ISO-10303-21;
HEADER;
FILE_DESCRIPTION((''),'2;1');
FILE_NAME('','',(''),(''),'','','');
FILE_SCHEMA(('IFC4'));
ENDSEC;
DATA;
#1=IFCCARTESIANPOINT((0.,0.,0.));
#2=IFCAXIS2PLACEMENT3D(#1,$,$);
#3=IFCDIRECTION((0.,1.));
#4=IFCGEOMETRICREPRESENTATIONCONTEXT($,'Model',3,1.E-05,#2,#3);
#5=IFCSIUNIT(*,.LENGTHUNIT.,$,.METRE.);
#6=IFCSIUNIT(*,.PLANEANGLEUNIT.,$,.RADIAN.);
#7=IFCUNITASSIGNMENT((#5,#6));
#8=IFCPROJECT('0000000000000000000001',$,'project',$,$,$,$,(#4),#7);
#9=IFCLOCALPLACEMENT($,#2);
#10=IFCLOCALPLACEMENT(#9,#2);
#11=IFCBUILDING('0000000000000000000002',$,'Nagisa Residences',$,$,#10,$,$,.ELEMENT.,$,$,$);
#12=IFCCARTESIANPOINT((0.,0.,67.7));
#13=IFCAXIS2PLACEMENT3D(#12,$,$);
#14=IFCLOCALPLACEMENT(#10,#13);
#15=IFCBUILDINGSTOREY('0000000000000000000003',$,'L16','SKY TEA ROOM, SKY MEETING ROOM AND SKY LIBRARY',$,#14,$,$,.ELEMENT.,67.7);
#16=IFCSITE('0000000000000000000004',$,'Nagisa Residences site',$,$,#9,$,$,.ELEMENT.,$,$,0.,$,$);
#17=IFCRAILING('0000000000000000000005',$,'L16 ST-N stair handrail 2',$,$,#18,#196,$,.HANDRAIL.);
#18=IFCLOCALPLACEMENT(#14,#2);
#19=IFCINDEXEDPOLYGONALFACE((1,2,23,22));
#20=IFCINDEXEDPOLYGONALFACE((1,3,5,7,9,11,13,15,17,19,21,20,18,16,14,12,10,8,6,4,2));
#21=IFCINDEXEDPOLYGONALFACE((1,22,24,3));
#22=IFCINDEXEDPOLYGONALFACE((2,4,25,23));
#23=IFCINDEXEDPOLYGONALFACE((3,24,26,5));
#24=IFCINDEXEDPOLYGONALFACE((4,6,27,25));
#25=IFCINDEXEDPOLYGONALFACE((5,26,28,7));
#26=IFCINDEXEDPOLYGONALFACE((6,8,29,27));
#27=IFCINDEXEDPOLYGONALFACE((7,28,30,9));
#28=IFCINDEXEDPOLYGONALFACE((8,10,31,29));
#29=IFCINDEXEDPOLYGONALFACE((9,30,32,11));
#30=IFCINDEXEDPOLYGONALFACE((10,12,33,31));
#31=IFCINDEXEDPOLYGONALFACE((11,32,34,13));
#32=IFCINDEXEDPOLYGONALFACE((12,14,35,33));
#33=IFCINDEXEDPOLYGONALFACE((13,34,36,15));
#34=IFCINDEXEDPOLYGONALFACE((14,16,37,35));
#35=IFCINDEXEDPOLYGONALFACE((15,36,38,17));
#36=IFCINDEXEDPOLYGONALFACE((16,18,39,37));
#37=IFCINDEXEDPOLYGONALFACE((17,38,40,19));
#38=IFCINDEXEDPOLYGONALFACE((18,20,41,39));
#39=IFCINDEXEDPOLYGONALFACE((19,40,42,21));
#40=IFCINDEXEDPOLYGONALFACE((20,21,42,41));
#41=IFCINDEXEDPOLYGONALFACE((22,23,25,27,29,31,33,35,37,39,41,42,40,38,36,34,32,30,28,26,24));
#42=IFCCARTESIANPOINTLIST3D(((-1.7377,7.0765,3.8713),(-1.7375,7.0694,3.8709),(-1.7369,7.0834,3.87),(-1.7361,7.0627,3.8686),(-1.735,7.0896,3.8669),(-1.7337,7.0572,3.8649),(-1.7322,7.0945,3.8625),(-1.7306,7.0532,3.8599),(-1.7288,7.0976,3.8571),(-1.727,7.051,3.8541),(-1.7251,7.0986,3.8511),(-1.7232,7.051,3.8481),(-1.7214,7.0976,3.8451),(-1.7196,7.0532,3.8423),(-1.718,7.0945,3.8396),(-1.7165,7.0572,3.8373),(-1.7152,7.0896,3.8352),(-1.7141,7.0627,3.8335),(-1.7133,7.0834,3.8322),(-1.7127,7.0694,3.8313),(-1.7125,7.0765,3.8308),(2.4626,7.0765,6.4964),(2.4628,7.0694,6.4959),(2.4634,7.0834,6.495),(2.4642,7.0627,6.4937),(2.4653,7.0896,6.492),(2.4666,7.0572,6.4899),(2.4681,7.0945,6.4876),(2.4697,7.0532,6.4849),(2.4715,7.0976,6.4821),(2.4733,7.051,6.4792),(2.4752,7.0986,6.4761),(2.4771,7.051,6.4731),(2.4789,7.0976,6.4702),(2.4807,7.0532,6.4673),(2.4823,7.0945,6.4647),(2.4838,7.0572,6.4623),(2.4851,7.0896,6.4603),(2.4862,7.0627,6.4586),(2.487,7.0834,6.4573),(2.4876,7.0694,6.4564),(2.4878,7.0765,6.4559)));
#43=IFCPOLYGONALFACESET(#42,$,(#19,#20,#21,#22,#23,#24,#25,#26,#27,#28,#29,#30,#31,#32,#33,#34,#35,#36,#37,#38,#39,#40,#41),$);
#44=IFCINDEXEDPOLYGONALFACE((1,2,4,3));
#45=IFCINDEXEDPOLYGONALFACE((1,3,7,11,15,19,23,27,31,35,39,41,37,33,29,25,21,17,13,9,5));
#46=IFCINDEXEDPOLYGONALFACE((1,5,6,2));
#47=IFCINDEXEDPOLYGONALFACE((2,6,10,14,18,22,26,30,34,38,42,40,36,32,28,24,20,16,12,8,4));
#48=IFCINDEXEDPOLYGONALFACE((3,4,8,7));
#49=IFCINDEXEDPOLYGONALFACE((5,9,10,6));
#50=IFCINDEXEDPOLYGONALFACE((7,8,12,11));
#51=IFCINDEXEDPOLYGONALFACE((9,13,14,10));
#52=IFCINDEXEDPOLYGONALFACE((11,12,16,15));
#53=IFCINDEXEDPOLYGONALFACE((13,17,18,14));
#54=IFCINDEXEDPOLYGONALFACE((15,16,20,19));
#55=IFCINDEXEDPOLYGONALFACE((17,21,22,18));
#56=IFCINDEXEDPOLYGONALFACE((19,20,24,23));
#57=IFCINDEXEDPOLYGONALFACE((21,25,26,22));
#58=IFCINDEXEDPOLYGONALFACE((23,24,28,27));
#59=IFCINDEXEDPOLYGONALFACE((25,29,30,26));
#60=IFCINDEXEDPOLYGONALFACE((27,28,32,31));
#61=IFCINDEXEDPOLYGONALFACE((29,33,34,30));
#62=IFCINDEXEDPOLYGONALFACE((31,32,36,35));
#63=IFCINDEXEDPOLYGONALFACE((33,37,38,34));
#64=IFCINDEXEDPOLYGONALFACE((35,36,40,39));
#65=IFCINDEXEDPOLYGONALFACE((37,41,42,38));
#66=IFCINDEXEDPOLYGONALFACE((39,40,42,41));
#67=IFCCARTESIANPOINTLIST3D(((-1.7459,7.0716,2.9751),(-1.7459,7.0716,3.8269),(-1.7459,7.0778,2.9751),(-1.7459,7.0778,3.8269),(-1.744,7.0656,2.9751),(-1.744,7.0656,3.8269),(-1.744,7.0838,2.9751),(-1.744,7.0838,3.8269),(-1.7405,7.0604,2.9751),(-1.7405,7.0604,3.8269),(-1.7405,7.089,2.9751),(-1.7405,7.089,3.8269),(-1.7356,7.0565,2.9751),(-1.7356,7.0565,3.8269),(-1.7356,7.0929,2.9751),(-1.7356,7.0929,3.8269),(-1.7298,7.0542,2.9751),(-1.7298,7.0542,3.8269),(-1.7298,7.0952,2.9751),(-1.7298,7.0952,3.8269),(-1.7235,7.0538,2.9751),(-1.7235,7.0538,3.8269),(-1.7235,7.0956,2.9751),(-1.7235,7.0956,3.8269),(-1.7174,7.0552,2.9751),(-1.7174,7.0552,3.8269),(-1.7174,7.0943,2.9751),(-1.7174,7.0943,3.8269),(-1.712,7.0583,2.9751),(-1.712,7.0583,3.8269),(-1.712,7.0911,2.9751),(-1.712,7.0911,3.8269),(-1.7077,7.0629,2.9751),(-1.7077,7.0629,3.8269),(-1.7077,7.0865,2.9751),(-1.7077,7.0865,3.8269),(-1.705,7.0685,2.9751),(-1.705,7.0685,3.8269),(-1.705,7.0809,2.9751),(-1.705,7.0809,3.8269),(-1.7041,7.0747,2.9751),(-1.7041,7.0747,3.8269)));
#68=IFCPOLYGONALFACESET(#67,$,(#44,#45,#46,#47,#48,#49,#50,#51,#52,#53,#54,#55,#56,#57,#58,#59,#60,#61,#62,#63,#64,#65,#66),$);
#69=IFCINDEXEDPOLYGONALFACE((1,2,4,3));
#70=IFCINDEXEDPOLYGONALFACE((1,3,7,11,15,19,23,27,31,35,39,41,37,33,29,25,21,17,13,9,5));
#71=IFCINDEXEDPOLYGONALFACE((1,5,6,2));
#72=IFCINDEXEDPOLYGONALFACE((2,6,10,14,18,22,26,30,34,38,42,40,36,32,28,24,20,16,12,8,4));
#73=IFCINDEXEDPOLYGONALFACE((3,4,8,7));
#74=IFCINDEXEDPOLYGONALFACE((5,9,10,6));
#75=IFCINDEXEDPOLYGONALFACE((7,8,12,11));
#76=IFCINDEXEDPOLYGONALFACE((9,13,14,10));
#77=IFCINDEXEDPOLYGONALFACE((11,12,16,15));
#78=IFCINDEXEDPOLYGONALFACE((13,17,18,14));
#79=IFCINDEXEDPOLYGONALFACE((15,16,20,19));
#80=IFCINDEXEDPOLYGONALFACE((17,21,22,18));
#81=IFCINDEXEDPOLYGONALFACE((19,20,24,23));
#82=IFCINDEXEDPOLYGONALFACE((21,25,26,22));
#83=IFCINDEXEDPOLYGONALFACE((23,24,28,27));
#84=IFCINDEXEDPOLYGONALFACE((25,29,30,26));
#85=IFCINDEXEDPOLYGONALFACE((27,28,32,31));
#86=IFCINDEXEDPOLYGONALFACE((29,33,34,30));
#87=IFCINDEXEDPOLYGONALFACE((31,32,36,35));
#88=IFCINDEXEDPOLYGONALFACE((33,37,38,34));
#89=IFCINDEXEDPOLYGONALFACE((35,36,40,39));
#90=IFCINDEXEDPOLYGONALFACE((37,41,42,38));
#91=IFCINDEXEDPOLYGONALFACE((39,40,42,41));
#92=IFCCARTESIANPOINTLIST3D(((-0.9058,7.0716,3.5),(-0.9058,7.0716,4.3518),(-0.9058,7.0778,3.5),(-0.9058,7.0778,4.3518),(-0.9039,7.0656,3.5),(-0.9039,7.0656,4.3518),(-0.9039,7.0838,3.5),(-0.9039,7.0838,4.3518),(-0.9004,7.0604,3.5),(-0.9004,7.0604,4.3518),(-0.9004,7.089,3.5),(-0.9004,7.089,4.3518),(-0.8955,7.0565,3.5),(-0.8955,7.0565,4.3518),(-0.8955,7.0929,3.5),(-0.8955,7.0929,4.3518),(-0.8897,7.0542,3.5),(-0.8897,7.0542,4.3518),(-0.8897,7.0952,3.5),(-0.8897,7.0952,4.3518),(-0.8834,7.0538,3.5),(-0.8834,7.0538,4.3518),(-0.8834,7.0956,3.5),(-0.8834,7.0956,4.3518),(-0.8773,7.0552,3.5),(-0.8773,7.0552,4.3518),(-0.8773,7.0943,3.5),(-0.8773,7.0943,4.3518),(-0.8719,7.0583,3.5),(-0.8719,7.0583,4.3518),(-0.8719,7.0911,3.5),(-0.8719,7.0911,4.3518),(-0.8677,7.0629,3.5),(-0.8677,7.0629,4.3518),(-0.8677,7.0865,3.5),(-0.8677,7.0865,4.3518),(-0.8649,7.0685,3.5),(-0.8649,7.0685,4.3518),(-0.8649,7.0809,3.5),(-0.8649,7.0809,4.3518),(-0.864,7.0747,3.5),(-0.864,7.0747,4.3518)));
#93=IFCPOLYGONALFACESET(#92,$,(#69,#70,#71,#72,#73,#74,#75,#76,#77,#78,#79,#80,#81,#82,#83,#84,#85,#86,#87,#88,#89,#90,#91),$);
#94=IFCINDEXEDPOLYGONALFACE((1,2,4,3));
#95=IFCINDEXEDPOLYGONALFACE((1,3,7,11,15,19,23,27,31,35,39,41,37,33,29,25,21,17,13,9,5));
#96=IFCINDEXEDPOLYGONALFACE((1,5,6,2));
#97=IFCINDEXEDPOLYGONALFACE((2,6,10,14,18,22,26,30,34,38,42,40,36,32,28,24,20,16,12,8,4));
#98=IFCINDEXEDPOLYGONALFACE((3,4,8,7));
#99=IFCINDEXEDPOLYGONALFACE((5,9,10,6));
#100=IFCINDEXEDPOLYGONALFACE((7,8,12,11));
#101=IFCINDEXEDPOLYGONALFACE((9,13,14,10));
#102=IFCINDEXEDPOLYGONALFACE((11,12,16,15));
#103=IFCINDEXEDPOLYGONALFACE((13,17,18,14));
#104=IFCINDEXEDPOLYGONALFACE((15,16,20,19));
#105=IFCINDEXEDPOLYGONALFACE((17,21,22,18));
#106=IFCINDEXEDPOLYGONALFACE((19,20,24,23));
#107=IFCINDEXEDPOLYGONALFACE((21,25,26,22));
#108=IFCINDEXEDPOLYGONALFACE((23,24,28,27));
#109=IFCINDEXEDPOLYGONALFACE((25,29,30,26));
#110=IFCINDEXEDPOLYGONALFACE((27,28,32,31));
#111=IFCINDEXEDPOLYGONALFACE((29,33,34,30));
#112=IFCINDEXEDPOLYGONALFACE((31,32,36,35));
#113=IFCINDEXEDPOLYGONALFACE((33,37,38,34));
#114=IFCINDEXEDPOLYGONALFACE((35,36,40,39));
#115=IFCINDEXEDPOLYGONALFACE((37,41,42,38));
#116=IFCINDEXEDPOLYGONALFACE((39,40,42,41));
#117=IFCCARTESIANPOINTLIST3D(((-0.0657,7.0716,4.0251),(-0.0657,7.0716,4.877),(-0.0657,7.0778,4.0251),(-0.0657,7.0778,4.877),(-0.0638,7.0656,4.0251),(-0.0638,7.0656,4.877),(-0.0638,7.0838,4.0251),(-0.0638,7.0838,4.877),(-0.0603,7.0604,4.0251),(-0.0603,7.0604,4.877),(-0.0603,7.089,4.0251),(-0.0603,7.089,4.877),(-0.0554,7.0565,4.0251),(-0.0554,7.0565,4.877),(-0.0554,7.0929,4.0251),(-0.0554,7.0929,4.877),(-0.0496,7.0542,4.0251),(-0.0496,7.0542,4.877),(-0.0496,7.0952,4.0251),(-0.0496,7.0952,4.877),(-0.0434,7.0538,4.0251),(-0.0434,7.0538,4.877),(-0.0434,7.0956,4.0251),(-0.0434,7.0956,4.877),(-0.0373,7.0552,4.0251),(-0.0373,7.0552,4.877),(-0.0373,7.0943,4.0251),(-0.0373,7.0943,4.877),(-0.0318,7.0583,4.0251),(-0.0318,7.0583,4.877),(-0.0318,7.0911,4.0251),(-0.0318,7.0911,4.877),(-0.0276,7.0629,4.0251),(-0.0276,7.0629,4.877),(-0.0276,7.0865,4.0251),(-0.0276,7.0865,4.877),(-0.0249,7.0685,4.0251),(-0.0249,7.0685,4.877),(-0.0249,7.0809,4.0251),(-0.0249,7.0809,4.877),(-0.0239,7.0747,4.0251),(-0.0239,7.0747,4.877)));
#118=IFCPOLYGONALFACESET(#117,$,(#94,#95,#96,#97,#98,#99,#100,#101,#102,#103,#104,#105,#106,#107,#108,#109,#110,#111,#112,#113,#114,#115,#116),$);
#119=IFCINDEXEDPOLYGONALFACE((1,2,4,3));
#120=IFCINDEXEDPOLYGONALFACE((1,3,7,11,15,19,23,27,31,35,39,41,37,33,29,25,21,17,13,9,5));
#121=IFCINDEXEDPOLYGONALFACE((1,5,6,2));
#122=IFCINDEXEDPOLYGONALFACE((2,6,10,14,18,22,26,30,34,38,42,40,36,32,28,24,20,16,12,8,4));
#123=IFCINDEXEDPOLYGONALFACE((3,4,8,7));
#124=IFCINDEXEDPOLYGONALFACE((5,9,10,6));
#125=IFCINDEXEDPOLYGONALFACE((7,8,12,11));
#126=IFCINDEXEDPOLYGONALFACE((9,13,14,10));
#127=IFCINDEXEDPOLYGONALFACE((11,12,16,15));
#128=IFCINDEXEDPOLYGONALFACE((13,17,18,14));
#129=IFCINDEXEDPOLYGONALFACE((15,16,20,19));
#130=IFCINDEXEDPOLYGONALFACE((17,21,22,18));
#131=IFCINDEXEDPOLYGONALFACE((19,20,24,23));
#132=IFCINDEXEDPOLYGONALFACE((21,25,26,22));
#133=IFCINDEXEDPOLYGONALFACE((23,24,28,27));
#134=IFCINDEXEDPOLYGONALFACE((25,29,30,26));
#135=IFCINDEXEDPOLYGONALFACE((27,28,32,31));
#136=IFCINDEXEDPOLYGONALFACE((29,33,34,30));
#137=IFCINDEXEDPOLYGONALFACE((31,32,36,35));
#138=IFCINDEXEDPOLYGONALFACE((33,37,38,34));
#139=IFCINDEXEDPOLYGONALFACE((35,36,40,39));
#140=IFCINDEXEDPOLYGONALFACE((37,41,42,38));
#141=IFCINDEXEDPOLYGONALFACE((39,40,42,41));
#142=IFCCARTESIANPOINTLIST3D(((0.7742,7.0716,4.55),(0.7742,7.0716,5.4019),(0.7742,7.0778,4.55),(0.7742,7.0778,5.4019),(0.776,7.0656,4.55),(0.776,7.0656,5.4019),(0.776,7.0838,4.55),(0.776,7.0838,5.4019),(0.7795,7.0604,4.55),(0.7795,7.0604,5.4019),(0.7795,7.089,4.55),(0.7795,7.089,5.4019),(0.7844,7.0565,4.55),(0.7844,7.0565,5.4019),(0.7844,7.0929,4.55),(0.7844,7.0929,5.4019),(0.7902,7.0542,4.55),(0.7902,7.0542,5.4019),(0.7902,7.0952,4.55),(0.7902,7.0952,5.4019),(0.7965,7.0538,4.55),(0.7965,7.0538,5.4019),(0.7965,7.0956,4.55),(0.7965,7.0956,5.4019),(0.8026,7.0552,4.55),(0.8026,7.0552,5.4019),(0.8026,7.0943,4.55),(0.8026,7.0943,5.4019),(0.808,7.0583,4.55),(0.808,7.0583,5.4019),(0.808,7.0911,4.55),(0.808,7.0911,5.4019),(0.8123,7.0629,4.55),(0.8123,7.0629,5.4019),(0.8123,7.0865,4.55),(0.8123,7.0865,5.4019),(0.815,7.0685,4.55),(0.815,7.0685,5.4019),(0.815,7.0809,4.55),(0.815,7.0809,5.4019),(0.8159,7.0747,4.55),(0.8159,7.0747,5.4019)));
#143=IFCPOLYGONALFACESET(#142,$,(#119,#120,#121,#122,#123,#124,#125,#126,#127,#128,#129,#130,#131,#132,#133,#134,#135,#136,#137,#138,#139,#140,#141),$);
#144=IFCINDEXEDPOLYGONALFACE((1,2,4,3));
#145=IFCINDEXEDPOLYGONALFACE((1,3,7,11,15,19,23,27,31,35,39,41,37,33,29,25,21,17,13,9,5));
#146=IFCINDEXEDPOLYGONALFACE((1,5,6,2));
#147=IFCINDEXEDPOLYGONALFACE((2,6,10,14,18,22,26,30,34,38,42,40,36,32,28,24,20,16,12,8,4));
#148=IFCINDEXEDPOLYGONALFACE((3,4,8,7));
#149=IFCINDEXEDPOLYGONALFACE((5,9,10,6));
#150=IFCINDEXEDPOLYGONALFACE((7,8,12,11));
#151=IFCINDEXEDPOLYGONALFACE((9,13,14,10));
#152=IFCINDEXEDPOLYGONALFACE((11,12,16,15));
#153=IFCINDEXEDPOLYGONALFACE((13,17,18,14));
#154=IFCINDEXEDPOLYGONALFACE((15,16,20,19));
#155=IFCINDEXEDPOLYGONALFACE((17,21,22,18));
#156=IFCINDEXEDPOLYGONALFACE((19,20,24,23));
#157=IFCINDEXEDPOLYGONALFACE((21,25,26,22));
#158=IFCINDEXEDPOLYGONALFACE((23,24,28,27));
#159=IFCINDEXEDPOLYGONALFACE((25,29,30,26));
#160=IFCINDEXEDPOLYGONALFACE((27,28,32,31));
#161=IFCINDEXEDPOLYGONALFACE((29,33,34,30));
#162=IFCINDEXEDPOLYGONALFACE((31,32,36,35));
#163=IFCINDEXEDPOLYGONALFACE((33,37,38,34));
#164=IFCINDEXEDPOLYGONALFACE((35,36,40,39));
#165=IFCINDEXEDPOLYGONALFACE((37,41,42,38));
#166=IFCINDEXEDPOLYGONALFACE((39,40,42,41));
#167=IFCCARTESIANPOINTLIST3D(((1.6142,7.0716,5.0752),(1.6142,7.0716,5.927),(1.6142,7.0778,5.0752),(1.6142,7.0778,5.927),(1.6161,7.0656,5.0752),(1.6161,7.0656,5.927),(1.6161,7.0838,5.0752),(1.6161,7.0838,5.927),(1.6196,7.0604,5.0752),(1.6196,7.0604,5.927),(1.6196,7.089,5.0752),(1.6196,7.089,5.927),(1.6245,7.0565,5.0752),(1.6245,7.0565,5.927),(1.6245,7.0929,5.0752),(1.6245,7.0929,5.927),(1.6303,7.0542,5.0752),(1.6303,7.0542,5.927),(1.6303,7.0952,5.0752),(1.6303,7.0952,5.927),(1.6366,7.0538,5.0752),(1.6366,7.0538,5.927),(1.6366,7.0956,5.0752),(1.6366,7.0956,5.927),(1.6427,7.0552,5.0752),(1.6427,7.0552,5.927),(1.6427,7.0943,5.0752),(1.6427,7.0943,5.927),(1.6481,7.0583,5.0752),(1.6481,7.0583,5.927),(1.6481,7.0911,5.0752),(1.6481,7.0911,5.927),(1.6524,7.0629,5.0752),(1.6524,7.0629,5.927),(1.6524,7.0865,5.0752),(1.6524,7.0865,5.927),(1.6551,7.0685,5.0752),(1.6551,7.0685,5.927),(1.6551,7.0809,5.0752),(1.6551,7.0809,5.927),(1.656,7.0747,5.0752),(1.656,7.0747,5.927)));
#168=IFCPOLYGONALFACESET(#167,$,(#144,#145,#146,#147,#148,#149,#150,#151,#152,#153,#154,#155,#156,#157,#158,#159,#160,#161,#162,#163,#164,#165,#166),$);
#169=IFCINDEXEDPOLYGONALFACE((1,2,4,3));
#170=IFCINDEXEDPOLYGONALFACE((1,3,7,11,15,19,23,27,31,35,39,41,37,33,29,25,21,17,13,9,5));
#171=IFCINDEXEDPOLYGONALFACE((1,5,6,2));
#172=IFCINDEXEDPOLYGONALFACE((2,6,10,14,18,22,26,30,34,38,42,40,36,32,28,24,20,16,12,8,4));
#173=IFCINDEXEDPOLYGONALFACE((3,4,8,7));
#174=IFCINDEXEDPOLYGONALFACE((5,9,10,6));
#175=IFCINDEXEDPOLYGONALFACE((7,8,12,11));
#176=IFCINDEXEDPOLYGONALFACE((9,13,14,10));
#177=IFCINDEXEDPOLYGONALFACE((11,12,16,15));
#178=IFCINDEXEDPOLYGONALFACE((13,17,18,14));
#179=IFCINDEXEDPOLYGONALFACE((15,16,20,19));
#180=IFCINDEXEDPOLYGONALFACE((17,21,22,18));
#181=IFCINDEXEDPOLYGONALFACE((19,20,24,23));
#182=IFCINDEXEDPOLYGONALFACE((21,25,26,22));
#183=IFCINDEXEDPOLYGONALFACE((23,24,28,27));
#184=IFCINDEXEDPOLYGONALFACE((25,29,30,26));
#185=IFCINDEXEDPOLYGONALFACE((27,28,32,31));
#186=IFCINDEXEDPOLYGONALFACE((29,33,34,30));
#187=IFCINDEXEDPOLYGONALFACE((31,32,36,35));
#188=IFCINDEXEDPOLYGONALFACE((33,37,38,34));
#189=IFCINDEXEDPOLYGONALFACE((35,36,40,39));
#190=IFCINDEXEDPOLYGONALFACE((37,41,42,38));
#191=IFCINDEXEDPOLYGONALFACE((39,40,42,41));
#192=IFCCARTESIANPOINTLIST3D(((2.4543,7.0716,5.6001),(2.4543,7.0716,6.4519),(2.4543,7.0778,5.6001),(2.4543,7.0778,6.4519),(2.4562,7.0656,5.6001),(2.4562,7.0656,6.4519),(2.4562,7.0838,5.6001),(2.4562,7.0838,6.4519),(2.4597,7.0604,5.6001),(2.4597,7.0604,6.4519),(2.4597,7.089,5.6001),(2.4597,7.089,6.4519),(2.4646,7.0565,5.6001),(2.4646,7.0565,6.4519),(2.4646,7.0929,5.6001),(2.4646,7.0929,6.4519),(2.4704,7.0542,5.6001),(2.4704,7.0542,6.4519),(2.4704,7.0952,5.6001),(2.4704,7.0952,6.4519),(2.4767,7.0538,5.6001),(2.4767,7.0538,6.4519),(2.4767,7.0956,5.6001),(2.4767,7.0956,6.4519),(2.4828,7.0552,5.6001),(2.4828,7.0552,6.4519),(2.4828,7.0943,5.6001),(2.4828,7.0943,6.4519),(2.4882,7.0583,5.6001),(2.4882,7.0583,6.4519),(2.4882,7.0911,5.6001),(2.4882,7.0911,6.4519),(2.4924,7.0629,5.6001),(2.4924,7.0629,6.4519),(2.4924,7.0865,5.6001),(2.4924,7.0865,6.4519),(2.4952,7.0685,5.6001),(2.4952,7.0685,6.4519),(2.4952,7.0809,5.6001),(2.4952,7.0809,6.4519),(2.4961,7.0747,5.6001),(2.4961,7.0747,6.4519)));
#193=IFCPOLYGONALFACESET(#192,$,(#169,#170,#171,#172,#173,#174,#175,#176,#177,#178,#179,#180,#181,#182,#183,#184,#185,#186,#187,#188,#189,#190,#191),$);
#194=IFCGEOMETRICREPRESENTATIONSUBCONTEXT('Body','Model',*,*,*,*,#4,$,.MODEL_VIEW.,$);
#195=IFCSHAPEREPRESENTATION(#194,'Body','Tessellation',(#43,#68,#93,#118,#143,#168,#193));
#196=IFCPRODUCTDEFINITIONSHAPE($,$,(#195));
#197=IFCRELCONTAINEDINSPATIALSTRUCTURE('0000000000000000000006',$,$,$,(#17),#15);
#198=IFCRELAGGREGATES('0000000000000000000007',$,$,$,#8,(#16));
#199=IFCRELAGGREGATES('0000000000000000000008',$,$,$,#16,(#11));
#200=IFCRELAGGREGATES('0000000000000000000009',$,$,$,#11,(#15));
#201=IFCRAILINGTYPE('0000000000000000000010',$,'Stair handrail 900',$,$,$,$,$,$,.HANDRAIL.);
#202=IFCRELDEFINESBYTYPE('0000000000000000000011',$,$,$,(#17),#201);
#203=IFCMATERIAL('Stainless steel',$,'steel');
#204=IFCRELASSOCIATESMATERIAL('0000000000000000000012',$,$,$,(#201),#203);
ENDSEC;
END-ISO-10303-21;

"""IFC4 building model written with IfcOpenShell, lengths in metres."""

from ifc_helpers import new_model, si_unit, direction, frame, origin, origin_2d, place, context, subcontext, project, spatial, circle, extrude, material, type_object, element, save


model = new_model("IFC4")

# Units and contexts
model_context = context("Model", 3, precision=1e-05, world=origin(), true_north=direction((0.0, 1.0)))
body_context = subcontext(model_context, "Body", "Model", "MODEL_VIEW")
ifc_project = project(units=[si_unit("LENGTHUNIT", "METRE"), si_unit("PLANEANGLEUNIT", "RADIAN")], contexts=[model_context])

# Site, building, storey
site_placement = place(None, origin())
site = spatial("IfcSite", under=ifc_project, at=site_placement, Name="Nagisa Residences site", CompositionType="ELEMENT", RefElevation=0.0)
building_placement = place(site_placement, origin())
building = spatial("IfcBuilding", under=site, at=building_placement, Name="Nagisa Residences", CompositionType="ELEMENT")
storey_placement = place(building_placement, frame((0.0, 0.0, 67.7)))
storey = spatial("IfcBuildingStorey", under=building, at=storey_placement, Name="L16", Description="SKY TEA ROOM, SKY MEETING ROOM AND SKY LIBRARY", CompositionType="ELEMENT", Elevation=67.7)

# Railing
ifc_material_1 = material(Name="Stainless steel", Category="steel")
railing_type = type_object("IfcRailingType", Name="Stair handrail 900", PredefinedType="HANDRAIL", material=ifc_material_1)
railing_placement = place(storey_placement, frame((-1.7251, 7.0747, 2.9751)))
element("IfcRailing", 1, at=railing_placement, inside=storey, type_object=railing_type, Name="L16 ST-N stair handrail 2", PredefinedType="HANDRAIL", context=body_context, shape_type="SweptSolid", body=[
    extrude(circle(Radius=0.0239, at=origin_2d()), frame((0.0, 0.0, 0.876), z_axis=(0.848009, 0.0, 0.529981), x_axis=(0.0, 1.0, 0.0)), (0.0, 0.0, 1.0), 4.9531),
    extrude(circle(Radius=0.021, at=origin_2d()), origin(), (0.0, 0.0, 1.0), 0.8518),
    extrude(circle(Radius=0.021, at=origin_2d()), frame((0.8401, 0.0, 0.5249)), (0.0, 0.0, 1.0), 0.8518),
    extrude(circle(Radius=0.021, at=origin_2d()), frame((1.6802, 0.0, 1.05)), (0.0, 0.0, 1.0), 0.8518),
    extrude(circle(Radius=0.021, at=origin_2d()), frame((2.52, 0.0, 1.575)), (0.0, 0.0, 1.0), 0.8518),
    extrude(circle(Radius=0.021, at=origin_2d()), frame((3.3601, 0.0, 2.1001)), (0.0, 0.0, 1.0), 0.8518),
    extrude(circle(Radius=0.021, at=origin_2d()), frame((4.2002, 0.0, 2.625)), (0.0, 0.0, 1.0), 0.8518),
])

save(model, "model.ifc")
